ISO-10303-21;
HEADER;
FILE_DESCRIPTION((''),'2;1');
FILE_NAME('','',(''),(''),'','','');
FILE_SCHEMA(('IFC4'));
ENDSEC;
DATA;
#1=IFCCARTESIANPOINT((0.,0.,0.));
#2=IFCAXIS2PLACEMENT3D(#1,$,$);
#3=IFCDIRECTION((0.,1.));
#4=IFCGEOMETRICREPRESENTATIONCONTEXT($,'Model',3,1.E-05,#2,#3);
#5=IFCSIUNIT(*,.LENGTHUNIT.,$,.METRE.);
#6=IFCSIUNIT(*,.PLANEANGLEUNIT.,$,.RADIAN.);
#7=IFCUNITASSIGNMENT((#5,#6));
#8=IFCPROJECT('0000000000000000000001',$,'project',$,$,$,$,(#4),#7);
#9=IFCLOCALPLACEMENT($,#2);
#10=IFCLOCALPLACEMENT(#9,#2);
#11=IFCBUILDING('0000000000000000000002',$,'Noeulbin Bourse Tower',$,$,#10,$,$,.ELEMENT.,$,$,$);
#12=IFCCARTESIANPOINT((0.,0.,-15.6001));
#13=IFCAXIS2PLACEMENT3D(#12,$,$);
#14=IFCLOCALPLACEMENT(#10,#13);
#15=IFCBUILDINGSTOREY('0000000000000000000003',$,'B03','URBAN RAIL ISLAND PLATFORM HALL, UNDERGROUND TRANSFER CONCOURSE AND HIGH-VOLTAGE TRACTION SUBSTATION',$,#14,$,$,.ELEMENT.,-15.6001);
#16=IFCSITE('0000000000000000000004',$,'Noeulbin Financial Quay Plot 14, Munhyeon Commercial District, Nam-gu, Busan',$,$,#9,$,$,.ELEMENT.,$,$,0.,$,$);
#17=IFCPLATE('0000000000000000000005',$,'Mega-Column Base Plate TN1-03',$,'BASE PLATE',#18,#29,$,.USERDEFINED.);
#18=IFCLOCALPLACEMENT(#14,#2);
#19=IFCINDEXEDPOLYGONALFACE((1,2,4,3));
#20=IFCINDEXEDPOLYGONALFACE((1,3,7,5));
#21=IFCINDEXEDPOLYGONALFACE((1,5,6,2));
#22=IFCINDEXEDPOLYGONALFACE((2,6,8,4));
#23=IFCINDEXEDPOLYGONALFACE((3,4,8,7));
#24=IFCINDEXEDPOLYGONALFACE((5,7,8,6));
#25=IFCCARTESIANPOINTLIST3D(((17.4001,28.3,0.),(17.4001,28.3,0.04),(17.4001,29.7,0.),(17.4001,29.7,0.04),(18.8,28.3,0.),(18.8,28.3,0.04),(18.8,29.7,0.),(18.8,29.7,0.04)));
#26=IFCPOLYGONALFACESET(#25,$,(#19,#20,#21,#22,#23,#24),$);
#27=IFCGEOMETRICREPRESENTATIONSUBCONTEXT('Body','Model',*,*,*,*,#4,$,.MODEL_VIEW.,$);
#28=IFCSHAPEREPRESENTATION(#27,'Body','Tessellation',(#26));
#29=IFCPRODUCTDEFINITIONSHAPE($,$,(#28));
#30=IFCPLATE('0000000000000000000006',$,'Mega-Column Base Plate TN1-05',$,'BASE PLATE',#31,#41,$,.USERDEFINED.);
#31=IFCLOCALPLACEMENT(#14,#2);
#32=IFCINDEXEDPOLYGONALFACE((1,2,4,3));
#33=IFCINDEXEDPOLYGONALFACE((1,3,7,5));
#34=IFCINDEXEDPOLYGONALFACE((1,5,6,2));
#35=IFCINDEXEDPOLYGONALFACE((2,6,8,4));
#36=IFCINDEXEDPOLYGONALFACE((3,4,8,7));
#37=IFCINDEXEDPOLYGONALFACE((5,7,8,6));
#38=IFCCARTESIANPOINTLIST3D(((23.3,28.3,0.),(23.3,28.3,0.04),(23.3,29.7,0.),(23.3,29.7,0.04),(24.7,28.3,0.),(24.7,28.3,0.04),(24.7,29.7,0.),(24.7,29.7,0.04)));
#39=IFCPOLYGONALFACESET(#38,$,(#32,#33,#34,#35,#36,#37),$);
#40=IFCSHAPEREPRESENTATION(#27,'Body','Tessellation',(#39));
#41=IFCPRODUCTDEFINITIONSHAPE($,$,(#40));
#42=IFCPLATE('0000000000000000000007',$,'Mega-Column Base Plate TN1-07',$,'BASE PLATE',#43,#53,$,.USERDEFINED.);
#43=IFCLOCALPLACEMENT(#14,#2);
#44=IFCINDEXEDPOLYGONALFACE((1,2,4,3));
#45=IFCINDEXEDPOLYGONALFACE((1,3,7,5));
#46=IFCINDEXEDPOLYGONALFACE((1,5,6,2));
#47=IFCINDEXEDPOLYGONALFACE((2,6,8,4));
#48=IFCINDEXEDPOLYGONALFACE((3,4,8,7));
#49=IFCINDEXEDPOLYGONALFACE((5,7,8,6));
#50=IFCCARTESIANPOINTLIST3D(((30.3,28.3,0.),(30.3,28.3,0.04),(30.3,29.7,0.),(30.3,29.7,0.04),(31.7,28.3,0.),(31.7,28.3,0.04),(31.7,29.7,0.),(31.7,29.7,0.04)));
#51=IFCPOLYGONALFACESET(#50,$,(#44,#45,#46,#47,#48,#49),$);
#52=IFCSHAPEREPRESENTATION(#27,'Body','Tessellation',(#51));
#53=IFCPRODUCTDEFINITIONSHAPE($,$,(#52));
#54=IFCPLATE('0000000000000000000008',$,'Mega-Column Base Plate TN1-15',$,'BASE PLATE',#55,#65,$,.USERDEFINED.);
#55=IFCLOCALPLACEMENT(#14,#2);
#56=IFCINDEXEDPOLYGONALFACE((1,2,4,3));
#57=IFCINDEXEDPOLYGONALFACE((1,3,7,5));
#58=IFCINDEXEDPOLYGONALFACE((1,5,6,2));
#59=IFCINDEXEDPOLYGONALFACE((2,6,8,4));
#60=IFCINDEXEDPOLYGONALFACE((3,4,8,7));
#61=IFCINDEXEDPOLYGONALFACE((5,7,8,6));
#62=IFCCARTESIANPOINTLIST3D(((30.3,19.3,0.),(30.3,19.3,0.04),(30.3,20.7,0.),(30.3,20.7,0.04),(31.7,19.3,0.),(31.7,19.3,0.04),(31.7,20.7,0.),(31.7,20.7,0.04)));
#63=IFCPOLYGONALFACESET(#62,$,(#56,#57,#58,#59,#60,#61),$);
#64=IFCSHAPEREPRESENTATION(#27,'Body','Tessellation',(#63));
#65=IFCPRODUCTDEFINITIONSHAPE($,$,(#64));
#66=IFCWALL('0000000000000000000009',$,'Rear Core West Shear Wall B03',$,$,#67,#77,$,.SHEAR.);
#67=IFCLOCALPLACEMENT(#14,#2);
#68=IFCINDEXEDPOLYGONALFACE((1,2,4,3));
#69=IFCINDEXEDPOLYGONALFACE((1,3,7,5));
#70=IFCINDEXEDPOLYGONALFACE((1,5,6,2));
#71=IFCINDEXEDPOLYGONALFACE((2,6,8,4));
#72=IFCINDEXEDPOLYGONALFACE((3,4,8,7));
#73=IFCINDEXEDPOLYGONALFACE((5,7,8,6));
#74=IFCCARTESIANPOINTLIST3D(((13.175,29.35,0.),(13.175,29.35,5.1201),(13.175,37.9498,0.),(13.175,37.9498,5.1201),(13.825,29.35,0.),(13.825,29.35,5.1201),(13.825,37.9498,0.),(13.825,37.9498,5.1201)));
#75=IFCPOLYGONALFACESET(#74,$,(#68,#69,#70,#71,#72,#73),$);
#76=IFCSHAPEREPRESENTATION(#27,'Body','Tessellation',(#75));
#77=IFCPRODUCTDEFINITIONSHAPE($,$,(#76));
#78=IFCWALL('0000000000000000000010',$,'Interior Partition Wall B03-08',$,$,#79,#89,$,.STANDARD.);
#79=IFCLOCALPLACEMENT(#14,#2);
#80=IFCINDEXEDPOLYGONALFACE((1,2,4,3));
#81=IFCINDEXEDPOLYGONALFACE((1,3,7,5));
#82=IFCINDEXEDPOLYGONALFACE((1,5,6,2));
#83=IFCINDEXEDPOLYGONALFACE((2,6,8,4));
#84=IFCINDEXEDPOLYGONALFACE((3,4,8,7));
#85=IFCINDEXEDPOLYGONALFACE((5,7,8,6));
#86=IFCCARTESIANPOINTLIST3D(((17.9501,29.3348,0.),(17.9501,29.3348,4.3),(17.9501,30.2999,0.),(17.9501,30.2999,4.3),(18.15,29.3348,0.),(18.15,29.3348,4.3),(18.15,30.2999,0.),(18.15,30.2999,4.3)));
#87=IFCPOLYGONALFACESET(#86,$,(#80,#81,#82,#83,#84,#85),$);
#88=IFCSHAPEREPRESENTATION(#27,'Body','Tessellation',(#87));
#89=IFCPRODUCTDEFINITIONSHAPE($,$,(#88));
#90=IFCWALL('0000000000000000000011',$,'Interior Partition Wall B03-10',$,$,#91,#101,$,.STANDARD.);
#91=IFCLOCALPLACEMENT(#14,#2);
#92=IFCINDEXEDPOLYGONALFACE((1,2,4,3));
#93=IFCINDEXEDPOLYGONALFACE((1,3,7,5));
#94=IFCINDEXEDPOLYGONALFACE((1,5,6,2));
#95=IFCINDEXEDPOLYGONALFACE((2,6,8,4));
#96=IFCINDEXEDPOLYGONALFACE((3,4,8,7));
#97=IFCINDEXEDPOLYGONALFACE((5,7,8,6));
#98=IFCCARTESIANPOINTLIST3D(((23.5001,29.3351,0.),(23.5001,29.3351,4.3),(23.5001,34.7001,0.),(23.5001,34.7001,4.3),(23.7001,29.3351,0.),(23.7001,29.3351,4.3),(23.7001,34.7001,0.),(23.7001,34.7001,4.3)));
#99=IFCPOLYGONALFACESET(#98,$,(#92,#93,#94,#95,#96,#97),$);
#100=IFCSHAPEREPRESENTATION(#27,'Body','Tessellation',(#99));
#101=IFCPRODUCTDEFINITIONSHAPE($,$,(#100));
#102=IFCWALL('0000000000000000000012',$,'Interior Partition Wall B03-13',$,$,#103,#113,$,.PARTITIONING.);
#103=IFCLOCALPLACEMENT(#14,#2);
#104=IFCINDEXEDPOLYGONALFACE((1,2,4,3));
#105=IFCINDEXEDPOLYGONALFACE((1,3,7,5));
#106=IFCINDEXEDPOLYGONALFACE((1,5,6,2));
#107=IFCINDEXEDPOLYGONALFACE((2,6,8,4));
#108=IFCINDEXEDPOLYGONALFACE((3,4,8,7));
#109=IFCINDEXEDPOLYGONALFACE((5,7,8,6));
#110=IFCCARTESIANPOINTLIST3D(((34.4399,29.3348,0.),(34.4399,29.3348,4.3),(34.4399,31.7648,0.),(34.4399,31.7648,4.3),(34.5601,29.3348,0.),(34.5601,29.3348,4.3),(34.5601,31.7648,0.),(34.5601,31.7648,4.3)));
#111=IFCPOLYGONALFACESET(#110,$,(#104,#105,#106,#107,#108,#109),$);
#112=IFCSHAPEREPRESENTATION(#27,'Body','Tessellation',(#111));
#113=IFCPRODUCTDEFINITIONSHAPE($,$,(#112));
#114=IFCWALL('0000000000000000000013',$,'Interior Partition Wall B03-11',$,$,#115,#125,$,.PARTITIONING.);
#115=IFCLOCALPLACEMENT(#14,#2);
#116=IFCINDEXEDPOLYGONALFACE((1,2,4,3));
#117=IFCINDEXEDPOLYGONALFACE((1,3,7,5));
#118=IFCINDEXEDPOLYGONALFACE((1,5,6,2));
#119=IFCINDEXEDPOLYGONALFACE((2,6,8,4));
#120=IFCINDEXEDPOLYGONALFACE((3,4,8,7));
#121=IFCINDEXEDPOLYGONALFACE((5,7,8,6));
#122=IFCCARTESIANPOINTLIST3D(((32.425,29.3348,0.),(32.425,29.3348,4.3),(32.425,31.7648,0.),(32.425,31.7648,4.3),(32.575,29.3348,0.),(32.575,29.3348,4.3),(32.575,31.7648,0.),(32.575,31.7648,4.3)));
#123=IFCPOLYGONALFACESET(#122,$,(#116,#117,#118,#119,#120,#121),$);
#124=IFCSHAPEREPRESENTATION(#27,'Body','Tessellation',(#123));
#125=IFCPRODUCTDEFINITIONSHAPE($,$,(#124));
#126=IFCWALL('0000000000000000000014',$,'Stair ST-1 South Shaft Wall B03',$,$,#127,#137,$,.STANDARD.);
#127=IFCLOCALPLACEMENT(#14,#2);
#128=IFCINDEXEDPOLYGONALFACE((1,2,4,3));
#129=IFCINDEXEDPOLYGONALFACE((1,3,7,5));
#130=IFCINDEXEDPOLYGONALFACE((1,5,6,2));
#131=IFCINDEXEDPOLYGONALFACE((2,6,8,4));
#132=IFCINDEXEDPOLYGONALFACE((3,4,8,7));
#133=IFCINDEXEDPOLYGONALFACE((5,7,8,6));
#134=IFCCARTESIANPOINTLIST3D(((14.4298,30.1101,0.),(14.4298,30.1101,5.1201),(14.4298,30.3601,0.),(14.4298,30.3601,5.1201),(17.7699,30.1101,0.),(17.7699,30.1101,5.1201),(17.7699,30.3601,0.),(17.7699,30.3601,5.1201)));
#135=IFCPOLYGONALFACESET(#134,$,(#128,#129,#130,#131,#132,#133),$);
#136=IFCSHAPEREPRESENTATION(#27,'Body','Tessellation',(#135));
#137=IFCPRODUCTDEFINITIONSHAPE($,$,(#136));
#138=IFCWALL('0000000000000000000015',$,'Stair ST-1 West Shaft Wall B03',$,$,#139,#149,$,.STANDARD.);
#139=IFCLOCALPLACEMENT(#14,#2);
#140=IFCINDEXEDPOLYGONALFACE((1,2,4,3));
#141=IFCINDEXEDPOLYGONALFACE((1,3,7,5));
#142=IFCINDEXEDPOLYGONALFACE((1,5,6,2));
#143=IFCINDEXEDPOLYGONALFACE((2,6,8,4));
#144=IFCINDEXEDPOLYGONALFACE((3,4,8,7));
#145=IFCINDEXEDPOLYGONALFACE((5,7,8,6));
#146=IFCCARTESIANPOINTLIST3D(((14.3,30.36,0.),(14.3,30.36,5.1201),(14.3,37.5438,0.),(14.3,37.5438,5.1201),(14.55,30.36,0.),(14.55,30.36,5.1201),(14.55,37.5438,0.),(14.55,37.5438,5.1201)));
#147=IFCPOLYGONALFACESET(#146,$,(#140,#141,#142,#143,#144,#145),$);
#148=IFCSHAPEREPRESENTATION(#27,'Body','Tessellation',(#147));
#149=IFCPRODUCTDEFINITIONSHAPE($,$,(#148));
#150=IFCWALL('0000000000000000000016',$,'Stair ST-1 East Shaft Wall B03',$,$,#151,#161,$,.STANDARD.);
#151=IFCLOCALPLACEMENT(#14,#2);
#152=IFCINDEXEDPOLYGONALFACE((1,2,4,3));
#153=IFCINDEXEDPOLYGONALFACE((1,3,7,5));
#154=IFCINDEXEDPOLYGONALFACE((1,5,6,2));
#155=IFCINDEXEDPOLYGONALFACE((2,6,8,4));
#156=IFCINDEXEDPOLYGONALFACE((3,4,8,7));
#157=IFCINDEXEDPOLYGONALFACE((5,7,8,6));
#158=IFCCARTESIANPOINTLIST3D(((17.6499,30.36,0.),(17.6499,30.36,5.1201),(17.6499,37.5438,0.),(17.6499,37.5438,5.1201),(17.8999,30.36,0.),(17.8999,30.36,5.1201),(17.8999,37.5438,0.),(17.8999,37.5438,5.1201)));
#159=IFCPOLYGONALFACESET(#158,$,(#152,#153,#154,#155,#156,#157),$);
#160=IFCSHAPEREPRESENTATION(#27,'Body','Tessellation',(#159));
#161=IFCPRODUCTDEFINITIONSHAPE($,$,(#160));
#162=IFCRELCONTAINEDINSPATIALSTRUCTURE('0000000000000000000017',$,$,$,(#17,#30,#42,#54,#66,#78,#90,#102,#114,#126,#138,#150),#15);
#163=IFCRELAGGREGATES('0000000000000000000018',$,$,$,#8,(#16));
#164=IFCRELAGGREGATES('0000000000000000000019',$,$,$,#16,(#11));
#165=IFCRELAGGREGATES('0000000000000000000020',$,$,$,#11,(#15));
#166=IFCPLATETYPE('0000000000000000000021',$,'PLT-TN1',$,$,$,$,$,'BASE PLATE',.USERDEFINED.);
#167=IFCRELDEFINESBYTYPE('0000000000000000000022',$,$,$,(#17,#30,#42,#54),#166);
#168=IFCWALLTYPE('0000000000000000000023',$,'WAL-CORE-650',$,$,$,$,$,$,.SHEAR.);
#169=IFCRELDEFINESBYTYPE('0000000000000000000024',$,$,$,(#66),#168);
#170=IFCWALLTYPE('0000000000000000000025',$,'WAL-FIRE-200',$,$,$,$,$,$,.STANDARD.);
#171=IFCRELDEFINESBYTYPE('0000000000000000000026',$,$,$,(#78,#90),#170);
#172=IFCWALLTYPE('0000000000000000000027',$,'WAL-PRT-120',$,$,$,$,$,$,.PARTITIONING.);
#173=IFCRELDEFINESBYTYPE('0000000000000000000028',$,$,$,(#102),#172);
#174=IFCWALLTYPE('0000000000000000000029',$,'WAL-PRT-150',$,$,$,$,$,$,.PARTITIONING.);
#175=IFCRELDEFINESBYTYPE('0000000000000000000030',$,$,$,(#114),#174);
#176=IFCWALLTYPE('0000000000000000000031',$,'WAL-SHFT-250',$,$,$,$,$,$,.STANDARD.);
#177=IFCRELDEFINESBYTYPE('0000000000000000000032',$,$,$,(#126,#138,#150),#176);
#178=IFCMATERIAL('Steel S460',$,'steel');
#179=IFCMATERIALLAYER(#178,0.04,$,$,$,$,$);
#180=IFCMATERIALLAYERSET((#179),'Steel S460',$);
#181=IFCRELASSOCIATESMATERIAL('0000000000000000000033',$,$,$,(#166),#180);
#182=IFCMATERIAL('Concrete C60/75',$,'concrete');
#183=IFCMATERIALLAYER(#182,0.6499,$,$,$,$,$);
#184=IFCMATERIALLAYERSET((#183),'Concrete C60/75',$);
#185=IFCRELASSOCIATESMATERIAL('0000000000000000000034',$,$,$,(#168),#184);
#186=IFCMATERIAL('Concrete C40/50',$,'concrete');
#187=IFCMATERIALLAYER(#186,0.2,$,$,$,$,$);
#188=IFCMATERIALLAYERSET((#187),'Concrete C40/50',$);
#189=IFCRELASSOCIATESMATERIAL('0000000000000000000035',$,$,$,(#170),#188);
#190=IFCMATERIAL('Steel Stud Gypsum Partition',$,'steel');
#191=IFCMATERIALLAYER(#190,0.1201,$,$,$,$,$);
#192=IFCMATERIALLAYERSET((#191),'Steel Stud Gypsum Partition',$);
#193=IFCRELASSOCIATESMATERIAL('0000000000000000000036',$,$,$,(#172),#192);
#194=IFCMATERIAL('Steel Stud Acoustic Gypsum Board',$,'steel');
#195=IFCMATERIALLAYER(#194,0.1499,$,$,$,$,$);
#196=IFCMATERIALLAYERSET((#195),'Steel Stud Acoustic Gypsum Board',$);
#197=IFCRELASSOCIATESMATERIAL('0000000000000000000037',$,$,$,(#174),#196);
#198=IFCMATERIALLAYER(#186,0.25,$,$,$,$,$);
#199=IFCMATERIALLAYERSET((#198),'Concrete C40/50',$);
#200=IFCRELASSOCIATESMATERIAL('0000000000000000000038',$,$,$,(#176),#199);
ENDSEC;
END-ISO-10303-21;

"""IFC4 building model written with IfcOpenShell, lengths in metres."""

from ifc_helpers import new_model, si_unit, direction, frame, frame_2d, origin, origin_2d, place, context, subcontext, project, spatial, rectangle, extrude, material, layer, layer_set, type_object, element, save


model = new_model("IFC4")

# Units and contexts
model_context = context("Model", 3, precision=1e-05, world=origin(), true_north=direction((0.0, 1.0)))
body_context = subcontext(model_context, "Body", "Model", "MODEL_VIEW")
ifc_project = project(units=[si_unit("LENGTHUNIT", "METRE"), si_unit("PLANEANGLEUNIT", "RADIAN")], contexts=[model_context])

# Site, building, storey
site_placement = place(None, origin())
site = spatial("IfcSite", under=ifc_project, at=site_placement, Name="Noeulbin Financial Quay Plot 14, Munhyeon Commercial District, Nam-gu, Busan", CompositionType="ELEMENT", RefElevation=0.0)
building_placement = place(site_placement, origin())
building = spatial("IfcBuilding", under=site, at=building_placement, Name="Noeulbin Bourse Tower", CompositionType="ELEMENT")
storey_placement = place(building_placement, frame((0.0, 0.0, -15.6001)))
storey = spatial("IfcBuildingStorey", under=building, at=storey_placement, Name="B03", Description="URBAN RAIL ISLAND PLATFORM HALL, UNDERGROUND TRANSFER CONCOURSE AND HIGH-VOLTAGE TRACTION SUBSTATION", CompositionType="ELEMENT", Elevation=-15.6001)

# Shared definitions
ifc_material_1 = material(Name="Steel S460", Category="steel")

# Plates
ifc_layer_1 = layer(ifc_material_1, 0.04)
ifc_layer_set_1 = layer_set([ifc_layer_1], Name="Steel S460")
plate_type = type_object("IfcPlateType", Name="PLT-TN1", ElementType="BASE PLATE", PredefinedType="USERDEFINED", material=ifc_layer_set_1)
for number, where, z_axis, x_axis, name in (
    (1, (18.1001, 29.0, 0.0), (0.0, 0.0, 1.0), (1.0, 0.0, 0.0), "Mega-Column Base Plate TN1-03"),
    (2, (24.0, 29.0, 0.0), (0.0, 0.0, 1.0), (1.0, 0.0, 0.0), "Mega-Column Base Plate TN1-05"),
    (3, (31.0, 29.0, 0.0), (0.0, 0.0, 1.0), (1.0, 0.0, 0.0), "Mega-Column Base Plate TN1-07"),
    (4, (31.0, 20.0, 0.0), (0.0, 0.0, 1.0), (1.0, 0.0, 0.0), "Mega-Column Base Plate TN1-15"),
):
    element("IfcPlate", number, at=place(storey_placement, frame(where, z_axis=z_axis, x_axis=x_axis)), inside=storey, type_object=plate_type, Name=name, ObjectType="BASE PLATE", PredefinedType="USERDEFINED", context=body_context, shape_type="SweptSolid", body=[
        extrude(rectangle(XDim=1.3999, YDim=1.3999, at=origin_2d()), origin(), (0.0, 0.0, 1.0), 0.04),
    ])

# Walls
ifc_material_2 = material(Name="Concrete C60/75", Category="concrete")
ifc_layer_2 = layer(ifc_material_2, 0.6499)
ifc_layer_set_2 = layer_set([ifc_layer_2], Name="Concrete C60/75")
wall_type_1 = type_object("IfcWallType", Name="WAL-CORE-650", PredefinedType="SHEAR", material=ifc_layer_set_2)
wall_1_placement = place(storey_placement, frame((13.5, 29.3501, 0.0), z_axis=(0.0, 0.0, 1.0), x_axis=(0.0, 1.0, 0.0)))
element("IfcWall", 5, at=wall_1_placement, inside=storey, type_object=wall_type_1, Name="Rear Core West Shear Wall B03", PredefinedType="SHEAR", context=body_context, shape_type="SweptSolid", body=[
    extrude(rectangle(XDim=8.5999, YDim=0.6499, at=frame_2d((4.2998, 0.0))), origin(), (0.0, 0.0, 1.0), 5.1201),
])
ifc_material_3 = material(Name="Concrete C40/50", Category="concrete")
ifc_layer_3 = layer(ifc_material_3, 0.2)
ifc_layer_set_3 = layer_set([ifc_layer_3], Name="Concrete C40/50")
wall_type_2 = type_object("IfcWallType", Name="WAL-FIRE-200", PredefinedType="STANDARD", material=ifc_layer_set_3)
wall_2_placement = place(storey_placement, frame((18.05, 29.335, 0.0), z_axis=(0.0, 0.0, 1.0), x_axis=(0.0, 1.0, 0.0)))
element("IfcWall", 6, at=wall_2_placement, inside=storey, type_object=wall_type_2, Name="Interior Partition Wall B03-08", PredefinedType="STANDARD", context=body_context, shape_type="SweptSolid", body=[
    extrude(rectangle(XDim=0.9651, YDim=0.2, at=frame_2d((0.4824, 0.0))), origin(), (0.0, 0.0, 1.0), 4.3),
])
wall_3_placement = place(storey_placement, frame((23.6001, 29.335, 0.0), z_axis=(0.0, 0.0, 1.0), x_axis=(0.0, 1.0, 0.0)))
element("IfcWall", 7, at=wall_3_placement, inside=storey, type_object=wall_type_2, Name="Interior Partition Wall B03-10", PredefinedType="STANDARD", context=body_context, shape_type="SweptSolid", body=[
    extrude(rectangle(XDim=5.365, YDim=0.2, at=frame_2d((2.6826, 0.0))), origin(), (0.0, 0.0, 1.0), 4.3),
])
ifc_material_4 = material(Name="Steel Stud Gypsum Partition", Category="steel")
ifc_layer_4 = layer(ifc_material_4, 0.1201)
ifc_layer_set_4 = layer_set([ifc_layer_4], Name="Steel Stud Gypsum Partition")
wall_type_3 = type_object("IfcWallType", Name="WAL-PRT-120", PredefinedType="PARTITIONING", material=ifc_layer_set_4)
wall_4_placement = place(storey_placement, frame((34.5, 29.335, 0.0), z_axis=(0.0, 0.0, 1.0), x_axis=(0.0, 1.0, 0.0)))
element("IfcWall", 8, at=wall_4_placement, inside=storey, type_object=wall_type_3, Name="Interior Partition Wall B03-13", PredefinedType="PARTITIONING", context=body_context, shape_type="SweptSolid", body=[
    extrude(rectangle(XDim=2.4299, YDim=0.1201, at=frame_2d((1.2148, 0.0))), origin(), (0.0, 0.0, 1.0), 4.3),
])
ifc_material_5 = material(Name="Steel Stud Acoustic Gypsum Board", Category="steel")
ifc_layer_5 = layer(ifc_material_5, 0.1499)
ifc_layer_set_5 = layer_set([ifc_layer_5], Name="Steel Stud Acoustic Gypsum Board")
wall_type_4 = type_object("IfcWallType", Name="WAL-PRT-150", PredefinedType="PARTITIONING", material=ifc_layer_set_5)
wall_5_placement = place(storey_placement, frame((32.5, 29.335, 0.0), z_axis=(0.0, 0.0, 1.0), x_axis=(0.0, 1.0, 0.0)))
element("IfcWall", 9, at=wall_5_placement, inside=storey, type_object=wall_type_4, Name="Interior Partition Wall B03-11", PredefinedType="PARTITIONING", context=body_context, shape_type="SweptSolid", body=[
    extrude(rectangle(XDim=2.4299, YDim=0.1499, at=frame_2d((1.2148, 0.0))), origin(), (0.0, 0.0, 1.0), 4.3),
])
ifc_layer_6 = layer(ifc_material_3, 0.25)
ifc_layer_set_6 = layer_set([ifc_layer_6], Name="Concrete C40/50")
wall_type_5 = type_object("IfcWallType", Name="WAL-SHFT-250", PredefinedType="STANDARD", material=ifc_layer_set_6)
wall_6_placement = place(storey_placement, frame((14.4299, 30.2351, 0.0), z_axis=(0.0, 0.0, 1.0), x_axis=(1.0, 0.0, 0.0)))
element("IfcWall", 10, at=wall_6_placement, inside=storey, type_object=wall_type_5, Name="Stair ST-1 South Shaft Wall B03", PredefinedType="STANDARD", context=body_context, shape_type="SweptSolid", body=[
    extrude(rectangle(XDim=3.3401, YDim=0.25, at=frame_2d((1.6699, 0.0))), origin(), (0.0, 0.0, 1.0), 5.1201),
])
for number, where, z_axis, x_axis, name in (
    (11, (14.425, 30.3601, 0.0), (0.0, 0.0, 1.0), (0.0, 1.0, 0.0), "Stair ST-1 West Shaft Wall B03"),
    (12, (17.7749, 30.3601, 0.0), (0.0, 0.0, 1.0), (0.0, 1.0, 0.0), "Stair ST-1 East Shaft Wall B03"),
):
    element("IfcWall", number, at=place(storey_placement, frame(where, z_axis=z_axis, x_axis=x_axis)), inside=storey, type_object=wall_type_5, Name=name, PredefinedType="STANDARD", context=body_context, shape_type="SweptSolid", body=[
        extrude(rectangle(XDim=7.1838, YDim=0.25, at=frame_2d((3.5918, 0.0))), origin(), (0.0, 0.0, 1.0), 5.1201),
    ])

save(model, "model.ifc")
